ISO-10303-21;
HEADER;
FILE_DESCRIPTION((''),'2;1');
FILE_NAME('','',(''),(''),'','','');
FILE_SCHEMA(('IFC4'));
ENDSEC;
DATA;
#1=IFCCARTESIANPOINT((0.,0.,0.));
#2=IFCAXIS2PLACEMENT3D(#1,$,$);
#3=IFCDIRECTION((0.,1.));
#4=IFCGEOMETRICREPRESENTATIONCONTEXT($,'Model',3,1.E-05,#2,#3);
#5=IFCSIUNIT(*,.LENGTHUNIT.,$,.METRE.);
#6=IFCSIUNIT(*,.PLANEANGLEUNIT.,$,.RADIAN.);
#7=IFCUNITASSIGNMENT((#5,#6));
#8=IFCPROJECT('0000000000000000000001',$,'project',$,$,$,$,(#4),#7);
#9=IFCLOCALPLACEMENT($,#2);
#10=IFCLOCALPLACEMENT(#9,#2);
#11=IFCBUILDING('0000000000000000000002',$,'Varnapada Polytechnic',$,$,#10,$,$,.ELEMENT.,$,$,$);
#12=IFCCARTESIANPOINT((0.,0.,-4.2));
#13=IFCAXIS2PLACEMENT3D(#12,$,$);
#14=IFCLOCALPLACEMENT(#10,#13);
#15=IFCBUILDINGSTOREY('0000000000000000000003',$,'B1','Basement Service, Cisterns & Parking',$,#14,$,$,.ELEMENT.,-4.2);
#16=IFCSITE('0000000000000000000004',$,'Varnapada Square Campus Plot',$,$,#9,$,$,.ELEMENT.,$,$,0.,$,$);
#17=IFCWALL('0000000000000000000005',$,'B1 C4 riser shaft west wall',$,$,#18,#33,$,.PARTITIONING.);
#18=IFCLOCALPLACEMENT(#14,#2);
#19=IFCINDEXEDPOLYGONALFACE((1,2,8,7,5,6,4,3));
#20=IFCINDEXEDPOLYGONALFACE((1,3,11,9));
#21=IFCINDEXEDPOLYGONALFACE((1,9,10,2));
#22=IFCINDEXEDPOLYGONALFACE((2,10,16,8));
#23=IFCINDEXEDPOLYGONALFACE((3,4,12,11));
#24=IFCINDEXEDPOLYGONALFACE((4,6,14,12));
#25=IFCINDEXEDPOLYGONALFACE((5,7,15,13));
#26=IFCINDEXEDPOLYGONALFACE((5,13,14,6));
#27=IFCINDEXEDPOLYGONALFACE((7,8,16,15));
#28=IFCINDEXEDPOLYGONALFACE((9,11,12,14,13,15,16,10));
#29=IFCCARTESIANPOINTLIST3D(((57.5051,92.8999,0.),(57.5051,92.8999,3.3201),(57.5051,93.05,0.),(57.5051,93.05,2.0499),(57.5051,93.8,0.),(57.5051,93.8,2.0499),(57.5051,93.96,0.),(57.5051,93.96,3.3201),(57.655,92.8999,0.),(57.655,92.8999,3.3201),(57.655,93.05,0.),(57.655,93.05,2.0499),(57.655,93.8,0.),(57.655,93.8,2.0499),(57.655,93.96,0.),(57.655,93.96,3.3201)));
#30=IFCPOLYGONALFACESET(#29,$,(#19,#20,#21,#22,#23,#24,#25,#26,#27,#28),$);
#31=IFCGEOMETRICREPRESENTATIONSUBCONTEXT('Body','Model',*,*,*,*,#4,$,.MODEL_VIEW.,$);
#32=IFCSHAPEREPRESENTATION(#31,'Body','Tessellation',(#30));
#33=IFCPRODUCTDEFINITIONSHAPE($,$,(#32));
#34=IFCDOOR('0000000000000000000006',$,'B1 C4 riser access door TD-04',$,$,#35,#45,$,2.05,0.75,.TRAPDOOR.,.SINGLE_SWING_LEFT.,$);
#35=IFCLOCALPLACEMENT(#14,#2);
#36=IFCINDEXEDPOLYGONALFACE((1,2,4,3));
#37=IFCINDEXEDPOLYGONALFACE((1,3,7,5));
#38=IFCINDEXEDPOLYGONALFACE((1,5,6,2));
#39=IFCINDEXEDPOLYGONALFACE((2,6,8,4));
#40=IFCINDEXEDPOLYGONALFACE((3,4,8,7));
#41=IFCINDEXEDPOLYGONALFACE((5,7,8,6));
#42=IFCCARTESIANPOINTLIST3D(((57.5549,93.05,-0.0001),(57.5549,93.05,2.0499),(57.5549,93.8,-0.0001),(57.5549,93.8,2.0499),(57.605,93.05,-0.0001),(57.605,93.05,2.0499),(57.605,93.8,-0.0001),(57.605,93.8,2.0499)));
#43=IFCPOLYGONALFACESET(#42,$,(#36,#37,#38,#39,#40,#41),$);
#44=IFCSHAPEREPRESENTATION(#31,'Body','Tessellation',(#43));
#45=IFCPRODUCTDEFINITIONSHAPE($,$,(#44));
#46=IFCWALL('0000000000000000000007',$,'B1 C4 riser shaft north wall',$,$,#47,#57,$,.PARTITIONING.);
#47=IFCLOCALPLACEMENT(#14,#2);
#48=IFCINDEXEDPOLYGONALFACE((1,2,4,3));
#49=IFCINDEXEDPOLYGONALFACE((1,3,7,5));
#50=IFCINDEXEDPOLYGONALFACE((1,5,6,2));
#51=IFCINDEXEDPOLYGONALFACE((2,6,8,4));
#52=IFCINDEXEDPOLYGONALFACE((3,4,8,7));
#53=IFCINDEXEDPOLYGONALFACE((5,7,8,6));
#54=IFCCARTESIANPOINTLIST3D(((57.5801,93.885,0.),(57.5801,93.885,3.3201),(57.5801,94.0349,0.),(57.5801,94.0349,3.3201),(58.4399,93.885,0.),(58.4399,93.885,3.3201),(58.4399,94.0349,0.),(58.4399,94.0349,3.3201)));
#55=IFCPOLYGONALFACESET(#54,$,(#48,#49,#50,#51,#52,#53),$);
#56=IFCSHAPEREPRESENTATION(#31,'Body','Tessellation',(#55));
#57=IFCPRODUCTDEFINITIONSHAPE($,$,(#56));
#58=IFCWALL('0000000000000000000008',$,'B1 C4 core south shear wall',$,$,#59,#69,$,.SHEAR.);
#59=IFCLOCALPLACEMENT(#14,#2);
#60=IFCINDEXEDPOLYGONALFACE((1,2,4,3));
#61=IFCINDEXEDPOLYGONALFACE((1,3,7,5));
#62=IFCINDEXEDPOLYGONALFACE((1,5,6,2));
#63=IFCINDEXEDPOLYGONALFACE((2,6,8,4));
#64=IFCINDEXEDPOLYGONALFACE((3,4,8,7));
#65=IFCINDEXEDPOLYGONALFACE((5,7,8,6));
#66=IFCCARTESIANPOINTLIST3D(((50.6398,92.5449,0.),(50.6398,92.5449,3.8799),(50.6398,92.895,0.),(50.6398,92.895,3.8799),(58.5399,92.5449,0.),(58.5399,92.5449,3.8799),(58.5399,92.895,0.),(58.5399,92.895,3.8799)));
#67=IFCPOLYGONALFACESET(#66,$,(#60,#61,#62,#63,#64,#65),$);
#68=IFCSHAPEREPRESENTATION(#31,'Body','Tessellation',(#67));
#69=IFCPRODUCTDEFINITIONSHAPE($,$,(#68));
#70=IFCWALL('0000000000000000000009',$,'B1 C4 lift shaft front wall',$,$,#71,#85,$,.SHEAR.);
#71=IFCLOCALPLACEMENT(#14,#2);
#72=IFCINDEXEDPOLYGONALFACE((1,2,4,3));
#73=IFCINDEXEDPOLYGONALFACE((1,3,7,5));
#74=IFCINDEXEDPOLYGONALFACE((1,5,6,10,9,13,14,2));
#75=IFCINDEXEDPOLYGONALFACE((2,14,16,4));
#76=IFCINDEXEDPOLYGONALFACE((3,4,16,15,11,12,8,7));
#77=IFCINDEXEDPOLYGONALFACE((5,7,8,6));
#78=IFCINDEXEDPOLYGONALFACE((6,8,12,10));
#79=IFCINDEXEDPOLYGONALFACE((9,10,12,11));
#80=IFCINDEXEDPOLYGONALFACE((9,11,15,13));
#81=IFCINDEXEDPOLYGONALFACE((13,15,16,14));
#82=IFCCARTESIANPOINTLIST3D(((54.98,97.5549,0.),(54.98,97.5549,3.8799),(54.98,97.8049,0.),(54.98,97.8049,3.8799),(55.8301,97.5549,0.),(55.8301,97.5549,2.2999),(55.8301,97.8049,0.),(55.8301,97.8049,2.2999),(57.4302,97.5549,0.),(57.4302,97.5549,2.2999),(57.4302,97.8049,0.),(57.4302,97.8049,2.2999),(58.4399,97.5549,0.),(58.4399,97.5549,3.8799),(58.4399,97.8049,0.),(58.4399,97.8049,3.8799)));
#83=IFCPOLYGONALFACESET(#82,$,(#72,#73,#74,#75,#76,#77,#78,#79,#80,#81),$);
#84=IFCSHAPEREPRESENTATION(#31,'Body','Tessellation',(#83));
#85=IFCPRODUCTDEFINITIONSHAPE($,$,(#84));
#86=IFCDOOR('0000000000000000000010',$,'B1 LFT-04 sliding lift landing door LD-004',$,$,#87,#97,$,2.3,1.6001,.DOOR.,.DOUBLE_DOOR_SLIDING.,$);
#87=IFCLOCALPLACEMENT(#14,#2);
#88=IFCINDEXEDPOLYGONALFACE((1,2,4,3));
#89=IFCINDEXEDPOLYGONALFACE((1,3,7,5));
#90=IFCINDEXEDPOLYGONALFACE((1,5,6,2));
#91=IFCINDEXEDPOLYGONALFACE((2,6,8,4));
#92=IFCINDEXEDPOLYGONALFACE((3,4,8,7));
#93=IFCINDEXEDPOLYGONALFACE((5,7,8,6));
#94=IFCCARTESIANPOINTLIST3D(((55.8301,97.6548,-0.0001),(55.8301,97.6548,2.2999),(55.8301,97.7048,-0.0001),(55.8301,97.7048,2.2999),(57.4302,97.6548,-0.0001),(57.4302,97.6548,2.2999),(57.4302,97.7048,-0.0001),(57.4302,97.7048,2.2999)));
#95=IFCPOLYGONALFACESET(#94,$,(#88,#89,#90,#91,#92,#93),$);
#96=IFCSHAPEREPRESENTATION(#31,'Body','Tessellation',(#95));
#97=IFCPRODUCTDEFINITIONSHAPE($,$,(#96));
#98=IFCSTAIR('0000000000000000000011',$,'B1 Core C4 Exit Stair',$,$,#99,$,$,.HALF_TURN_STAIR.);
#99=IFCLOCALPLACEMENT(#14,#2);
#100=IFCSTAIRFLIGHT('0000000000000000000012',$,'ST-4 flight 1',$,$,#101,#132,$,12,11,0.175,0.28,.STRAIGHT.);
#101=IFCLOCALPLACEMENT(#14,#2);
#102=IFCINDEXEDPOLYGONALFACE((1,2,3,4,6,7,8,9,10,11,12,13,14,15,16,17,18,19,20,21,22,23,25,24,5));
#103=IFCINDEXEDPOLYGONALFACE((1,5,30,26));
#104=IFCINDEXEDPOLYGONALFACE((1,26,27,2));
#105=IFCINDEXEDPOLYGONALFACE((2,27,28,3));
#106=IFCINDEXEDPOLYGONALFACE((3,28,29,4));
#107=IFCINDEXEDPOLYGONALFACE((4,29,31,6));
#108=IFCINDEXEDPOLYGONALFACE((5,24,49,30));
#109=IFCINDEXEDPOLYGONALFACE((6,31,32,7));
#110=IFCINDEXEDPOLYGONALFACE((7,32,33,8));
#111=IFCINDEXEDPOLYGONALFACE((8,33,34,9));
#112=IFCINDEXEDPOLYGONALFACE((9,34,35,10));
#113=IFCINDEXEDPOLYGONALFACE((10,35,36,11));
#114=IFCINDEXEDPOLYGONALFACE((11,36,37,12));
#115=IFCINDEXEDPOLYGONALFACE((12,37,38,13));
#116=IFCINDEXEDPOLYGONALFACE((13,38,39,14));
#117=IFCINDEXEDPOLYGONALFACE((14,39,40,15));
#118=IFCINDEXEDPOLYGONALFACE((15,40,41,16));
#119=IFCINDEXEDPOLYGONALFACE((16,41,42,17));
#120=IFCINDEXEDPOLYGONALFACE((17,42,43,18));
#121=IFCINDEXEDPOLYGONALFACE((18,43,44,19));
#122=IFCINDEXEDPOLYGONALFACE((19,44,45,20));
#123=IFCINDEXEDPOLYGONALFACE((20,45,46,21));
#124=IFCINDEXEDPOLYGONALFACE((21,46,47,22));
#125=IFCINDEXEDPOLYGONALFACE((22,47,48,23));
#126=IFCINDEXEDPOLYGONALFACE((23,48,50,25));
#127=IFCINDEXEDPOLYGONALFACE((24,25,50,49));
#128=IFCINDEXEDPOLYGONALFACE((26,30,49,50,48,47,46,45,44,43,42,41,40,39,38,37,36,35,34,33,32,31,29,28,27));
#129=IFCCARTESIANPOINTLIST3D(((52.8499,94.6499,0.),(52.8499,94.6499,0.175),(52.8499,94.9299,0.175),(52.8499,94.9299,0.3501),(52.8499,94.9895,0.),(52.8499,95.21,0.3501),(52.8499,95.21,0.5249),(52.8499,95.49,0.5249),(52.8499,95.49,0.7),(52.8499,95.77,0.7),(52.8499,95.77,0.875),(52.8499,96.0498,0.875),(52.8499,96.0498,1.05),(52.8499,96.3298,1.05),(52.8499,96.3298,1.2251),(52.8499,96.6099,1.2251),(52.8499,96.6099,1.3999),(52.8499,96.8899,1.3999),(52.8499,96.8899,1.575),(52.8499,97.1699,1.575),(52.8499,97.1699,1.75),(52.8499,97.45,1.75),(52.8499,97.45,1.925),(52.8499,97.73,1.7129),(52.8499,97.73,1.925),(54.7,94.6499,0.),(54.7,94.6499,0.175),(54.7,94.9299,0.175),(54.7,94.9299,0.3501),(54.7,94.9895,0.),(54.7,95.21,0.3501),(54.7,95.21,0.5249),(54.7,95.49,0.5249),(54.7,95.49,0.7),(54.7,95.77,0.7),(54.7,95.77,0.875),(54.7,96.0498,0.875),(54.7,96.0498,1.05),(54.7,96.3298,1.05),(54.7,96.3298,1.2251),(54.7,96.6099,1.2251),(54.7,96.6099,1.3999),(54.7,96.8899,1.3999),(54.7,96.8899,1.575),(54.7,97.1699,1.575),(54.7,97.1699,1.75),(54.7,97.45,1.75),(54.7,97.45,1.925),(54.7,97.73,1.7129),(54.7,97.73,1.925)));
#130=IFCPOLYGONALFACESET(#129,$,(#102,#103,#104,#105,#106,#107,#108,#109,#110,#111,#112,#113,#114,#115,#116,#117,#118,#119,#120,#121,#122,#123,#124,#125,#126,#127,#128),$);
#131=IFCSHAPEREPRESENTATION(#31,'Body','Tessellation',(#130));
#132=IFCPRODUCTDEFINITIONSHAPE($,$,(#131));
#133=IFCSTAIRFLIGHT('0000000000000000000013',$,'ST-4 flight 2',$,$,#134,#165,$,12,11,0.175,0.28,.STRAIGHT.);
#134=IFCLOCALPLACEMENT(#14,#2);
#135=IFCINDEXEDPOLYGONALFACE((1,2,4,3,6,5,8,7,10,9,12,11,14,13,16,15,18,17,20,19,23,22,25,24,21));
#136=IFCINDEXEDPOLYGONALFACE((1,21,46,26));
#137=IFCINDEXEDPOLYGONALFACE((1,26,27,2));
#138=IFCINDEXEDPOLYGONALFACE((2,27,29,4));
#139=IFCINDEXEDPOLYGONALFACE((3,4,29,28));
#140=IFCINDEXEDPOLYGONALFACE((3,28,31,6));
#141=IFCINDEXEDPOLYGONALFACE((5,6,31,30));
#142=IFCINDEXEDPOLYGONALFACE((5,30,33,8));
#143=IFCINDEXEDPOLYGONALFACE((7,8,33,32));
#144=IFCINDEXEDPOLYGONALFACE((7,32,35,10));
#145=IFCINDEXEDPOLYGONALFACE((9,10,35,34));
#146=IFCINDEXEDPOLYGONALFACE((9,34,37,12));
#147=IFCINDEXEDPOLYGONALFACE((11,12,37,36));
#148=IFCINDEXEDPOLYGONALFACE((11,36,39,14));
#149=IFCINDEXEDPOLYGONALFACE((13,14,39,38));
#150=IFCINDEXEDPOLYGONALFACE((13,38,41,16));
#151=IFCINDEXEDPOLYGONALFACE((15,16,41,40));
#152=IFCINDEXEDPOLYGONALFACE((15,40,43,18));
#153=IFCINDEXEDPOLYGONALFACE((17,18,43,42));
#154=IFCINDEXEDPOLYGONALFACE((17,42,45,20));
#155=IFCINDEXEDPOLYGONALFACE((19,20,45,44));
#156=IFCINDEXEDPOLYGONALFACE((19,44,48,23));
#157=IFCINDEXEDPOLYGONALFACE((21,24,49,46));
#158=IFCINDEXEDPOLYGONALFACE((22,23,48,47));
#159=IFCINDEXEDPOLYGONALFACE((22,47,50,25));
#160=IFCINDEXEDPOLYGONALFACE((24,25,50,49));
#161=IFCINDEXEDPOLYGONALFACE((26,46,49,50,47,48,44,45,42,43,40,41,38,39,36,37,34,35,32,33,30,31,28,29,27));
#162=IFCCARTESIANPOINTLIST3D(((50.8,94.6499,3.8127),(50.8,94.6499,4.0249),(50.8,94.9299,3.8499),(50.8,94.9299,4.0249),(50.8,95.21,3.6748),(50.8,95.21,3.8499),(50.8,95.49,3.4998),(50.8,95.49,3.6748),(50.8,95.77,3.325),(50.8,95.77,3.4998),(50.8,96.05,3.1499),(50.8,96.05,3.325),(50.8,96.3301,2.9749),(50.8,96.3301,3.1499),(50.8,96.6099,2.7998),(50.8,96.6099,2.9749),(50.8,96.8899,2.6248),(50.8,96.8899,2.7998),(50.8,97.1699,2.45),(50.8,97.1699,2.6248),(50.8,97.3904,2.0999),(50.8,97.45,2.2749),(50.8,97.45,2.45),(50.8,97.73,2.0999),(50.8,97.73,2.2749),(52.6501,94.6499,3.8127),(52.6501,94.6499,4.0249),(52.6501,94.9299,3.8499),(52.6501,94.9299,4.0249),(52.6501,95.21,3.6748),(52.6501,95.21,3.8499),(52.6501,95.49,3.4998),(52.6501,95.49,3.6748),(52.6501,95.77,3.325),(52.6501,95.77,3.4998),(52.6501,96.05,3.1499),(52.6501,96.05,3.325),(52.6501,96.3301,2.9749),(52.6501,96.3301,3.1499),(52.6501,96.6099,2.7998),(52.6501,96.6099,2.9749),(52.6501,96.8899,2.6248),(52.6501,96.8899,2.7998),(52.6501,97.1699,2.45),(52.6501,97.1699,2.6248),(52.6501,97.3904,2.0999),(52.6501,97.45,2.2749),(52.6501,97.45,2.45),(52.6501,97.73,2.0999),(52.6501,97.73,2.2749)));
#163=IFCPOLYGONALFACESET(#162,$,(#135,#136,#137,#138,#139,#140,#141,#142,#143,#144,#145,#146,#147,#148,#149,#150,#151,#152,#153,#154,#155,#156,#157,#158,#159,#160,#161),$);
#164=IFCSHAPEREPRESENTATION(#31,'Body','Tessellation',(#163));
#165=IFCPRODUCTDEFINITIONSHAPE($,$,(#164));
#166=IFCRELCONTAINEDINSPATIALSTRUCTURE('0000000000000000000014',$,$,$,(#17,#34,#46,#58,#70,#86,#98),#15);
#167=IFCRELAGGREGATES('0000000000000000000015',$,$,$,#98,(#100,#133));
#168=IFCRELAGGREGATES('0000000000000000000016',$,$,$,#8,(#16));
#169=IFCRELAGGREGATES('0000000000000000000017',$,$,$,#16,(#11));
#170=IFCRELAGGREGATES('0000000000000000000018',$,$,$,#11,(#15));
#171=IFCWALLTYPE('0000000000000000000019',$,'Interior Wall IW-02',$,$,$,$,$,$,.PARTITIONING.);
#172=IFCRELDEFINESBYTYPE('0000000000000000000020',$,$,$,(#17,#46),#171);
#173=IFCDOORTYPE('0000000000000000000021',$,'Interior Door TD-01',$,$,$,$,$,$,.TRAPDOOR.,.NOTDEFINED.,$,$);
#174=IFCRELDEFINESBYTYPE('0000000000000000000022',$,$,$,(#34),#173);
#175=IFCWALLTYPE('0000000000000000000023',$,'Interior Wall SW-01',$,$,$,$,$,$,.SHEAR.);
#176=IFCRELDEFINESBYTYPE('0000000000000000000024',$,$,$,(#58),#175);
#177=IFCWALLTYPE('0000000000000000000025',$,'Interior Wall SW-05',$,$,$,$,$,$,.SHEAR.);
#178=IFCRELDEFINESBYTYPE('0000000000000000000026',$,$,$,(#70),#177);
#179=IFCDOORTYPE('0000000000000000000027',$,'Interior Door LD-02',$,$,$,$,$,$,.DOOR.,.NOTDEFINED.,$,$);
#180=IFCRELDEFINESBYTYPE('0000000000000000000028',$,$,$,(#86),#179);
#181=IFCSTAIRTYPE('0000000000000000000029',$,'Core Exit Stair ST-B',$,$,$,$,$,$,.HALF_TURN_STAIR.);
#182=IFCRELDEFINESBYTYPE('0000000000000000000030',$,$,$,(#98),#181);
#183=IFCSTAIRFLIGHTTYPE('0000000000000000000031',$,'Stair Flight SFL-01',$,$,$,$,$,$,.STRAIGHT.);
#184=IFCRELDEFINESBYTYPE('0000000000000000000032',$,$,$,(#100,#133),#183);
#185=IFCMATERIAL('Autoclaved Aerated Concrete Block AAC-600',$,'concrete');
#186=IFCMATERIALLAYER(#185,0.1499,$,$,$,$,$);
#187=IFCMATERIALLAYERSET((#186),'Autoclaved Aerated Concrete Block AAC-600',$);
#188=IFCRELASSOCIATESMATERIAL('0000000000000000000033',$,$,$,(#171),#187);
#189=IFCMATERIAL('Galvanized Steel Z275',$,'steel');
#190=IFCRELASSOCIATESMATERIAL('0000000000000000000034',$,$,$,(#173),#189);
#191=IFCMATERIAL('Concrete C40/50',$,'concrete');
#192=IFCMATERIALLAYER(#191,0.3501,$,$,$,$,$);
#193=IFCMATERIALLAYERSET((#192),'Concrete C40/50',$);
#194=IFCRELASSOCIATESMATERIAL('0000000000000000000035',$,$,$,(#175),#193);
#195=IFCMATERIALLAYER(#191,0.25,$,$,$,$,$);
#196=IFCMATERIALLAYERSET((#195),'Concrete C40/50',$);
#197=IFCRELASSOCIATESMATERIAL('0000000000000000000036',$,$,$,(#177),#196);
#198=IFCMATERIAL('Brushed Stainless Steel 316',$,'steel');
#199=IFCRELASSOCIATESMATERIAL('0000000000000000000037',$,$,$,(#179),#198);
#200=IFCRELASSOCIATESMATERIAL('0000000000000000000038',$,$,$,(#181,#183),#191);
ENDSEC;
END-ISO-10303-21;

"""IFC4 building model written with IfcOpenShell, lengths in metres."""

from ifc_helpers import new_model, si_unit, direction, frame, frame_2d, origin, place, context, subcontext, project, spatial, polyline, rectangle, outline, extrude, material, layer, layer_set, type_object, element, fill, aggregate, save


model = new_model("IFC4")

# Units and contexts
model_context = context("Model", 3, precision=1e-05, world=origin(), true_north=direction((0.0, 1.0)))
body_context = subcontext(model_context, "Body", "Model", "MODEL_VIEW")
ifc_project = project(units=[si_unit("LENGTHUNIT", "METRE"), si_unit("PLANEANGLEUNIT", "RADIAN")], contexts=[model_context])

# Site, building, storey
site_placement = place(None, origin())
site = spatial("IfcSite", under=ifc_project, at=site_placement, Name="Varnapada Square Campus Plot", CompositionType="ELEMENT", RefElevation=0.0)
building_placement = place(site_placement, origin())
building = spatial("IfcBuilding", under=site, at=building_placement, Name="Varnapada Polytechnic", CompositionType="ELEMENT")
storey_placement = place(building_placement, frame((0.0, 0.0, -4.2)))
storey = spatial("IfcBuildingStorey", under=building, at=storey_placement, Name="B1", Description="Basement Service, Cisterns & Parking", CompositionType="ELEMENT", Elevation=-4.2)

# Shared definitions
ifc_material_1 = material(Name="Concrete C40/50", Category="concrete")

# Wall, opening, door
ifc_material_2 = material(Name="Autoclaved Aerated Concrete Block AAC-600", Category="concrete")
ifc_material_3 = material(Name="Galvanized Steel Z275", Category="steel")
ifc_layer_1 = layer(ifc_material_2, 0.1499)
ifc_layer_set_1 = layer_set([ifc_layer_1], Name="Autoclaved Aerated Concrete Block AAC-600")
wall_type_1 = type_object("IfcWallType", Name="Interior Wall IW-02", PredefinedType="PARTITIONING", material=ifc_layer_set_1)
wall_1_placement = place(storey_placement, frame((57.5801, 93.96, 0.0), z_axis=(0.0, 0.0, 1.0), x_axis=(0.0, -1.0, 0.0)))
wall_1 = element("IfcWall", 1, at=wall_1_placement, inside=storey, type_object=wall_type_1, Name="B1 C4 riser shaft west wall", PredefinedType="PARTITIONING", context=body_context, shape_type="SweptSolid", body=[
    extrude(rectangle(XDim=1.0601, YDim=0.1499, at=frame_2d((0.53, 0.0))), origin(), (0.0, 0.0, 1.0), 3.3201),
])
opening_1_placement = place(wall_1_placement, frame((0.1599, 0.0, 0.0)))
opening_1 = element("IfcOpeningElement", 2, at=opening_1_placement, cuts=wall_1, PredefinedType="OPENING", context=body_context, shape_type="SweptSolid", body=[
    extrude(rectangle(XDim=0.75, YDim=2.05, at=frame_2d((0.375, 1.0249))), frame((0.0, 0.085, 0.0), z_axis=(0.0, -1.0, 0.0), x_axis=(1.0, 0.0, 0.0)), (0.0, 0.0, 1.0), 0.1699),
])
door_type_1 = type_object("IfcDoorType", Name="Interior Door TD-01", OperationType="NOTDEFINED", PredefinedType="TRAPDOOR", material=ifc_material_3)
door_1_placement = place(opening_1_placement, origin())
door_1 = element("IfcDoor", 3, at=door_1_placement, inside=storey, type_object=door_type_1, Name="B1 C4 riser access door TD-04", OperationType="SINGLE_SWING_LEFT", OverallHeight=2.05, OverallWidth=0.75, PredefinedType="TRAPDOOR", context=body_context, shape_type="SweptSolid", body=[
    extrude(rectangle(XDim=0.75, YDim=2.05, at=frame_2d((0.375, 1.0249))), frame((0.0, 0.0249, 0.0), z_axis=(0.0, -1.0, 0.0), x_axis=(1.0, 0.0, 0.0)), (0.0, 0.0, 1.0), 0.05),
])
fill(opening_1, door_1)

# Walls
wall_2_placement = place(storey_placement, frame((57.5801, 93.96, 0.0), z_axis=(0.0, 0.0, 1.0), x_axis=(1.0, 0.0, 0.0)))
element("IfcWall", 4, at=wall_2_placement, inside=storey, type_object=wall_type_1, Name="B1 C4 riser shaft north wall", PredefinedType="PARTITIONING", context=body_context, shape_type="SweptSolid", body=[
    extrude(rectangle(XDim=0.8599, YDim=0.1499, at=frame_2d((0.4299, 0.0))), origin(), (0.0, 0.0, 1.0), 3.3201),
])
ifc_layer_2 = layer(ifc_material_1, 0.3501)
ifc_layer_set_2 = layer_set([ifc_layer_2], Name="Concrete C40/50")
wall_type_2 = type_object("IfcWallType", Name="Interior Wall SW-01", PredefinedType="SHEAR", material=ifc_layer_set_2)
wall_3_placement = place(storey_placement, frame((58.54, 92.72, 0.0), z_axis=(0.0, 0.0, 1.0), x_axis=(-1.0, 0.0, 0.0)))
element("IfcWall", 5, at=wall_3_placement, inside=storey, type_object=wall_type_2, Name="B1 C4 core south shear wall", PredefinedType="SHEAR", context=body_context, shape_type="SweptSolid", body=[
    extrude(rectangle(XDim=7.9001, YDim=0.3501, at=frame_2d((3.9502, 0.0))), origin(), (0.0, 0.0, 1.0), 3.8799),
])

# Wall, opening, door
ifc_layer_3 = layer(ifc_material_1, 0.25)
ifc_layer_set_3 = layer_set([ifc_layer_3], Name="Concrete C40/50")
wall_type_3 = type_object("IfcWallType", Name="Interior Wall SW-05", PredefinedType="SHEAR", material=ifc_layer_set_3)
wall_4_placement = place(storey_placement, frame((54.98, 97.6799, 0.0), z_axis=(0.0, 0.0, 1.0), x_axis=(1.0, 0.0, 0.0)))
wall_4 = element("IfcWall", 6, at=wall_4_placement, inside=storey, type_object=wall_type_3, Name="B1 C4 lift shaft front wall", PredefinedType="SHEAR", context=body_context, shape_type="SweptSolid", body=[
    extrude(rectangle(XDim=3.46, YDim=0.25, at=frame_2d((1.73, 0.0))), origin(), (0.0, 0.0, 1.0), 3.8799),
])
opening_2_placement = place(wall_4_placement, frame((0.8501, 0.0, 0.0)))
opening_2 = element("IfcOpeningElement", 7, at=opening_2_placement, cuts=wall_4, PredefinedType="OPENING", context=body_context, shape_type="SweptSolid", body=[
    extrude(rectangle(XDim=1.6001, YDim=2.3, at=frame_2d((0.8, 1.1499))), frame((0.0, 0.135, 0.0), z_axis=(0.0, -1.0, 0.0), x_axis=(1.0, 0.0, 0.0)), (0.0, 0.0, 1.0), 0.27),
])
ifc_material_4 = material(Name="Brushed Stainless Steel 316", Category="steel")
door_type_2 = type_object("IfcDoorType", Name="Interior Door LD-02", OperationType="NOTDEFINED", PredefinedType="DOOR", material=ifc_material_4)
door_2_placement = place(opening_2_placement, origin())
door_2 = element("IfcDoor", 8, at=door_2_placement, inside=storey, type_object=door_type_2, Name="B1 LFT-04 sliding lift landing door LD-004", OperationType="DOUBLE_DOOR_SLIDING", OverallHeight=2.3, OverallWidth=1.6001, PredefinedType="DOOR", context=body_context, shape_type="SweptSolid", body=[
    extrude(rectangle(XDim=1.6001, YDim=2.3, at=frame_2d((0.8, 1.1499))), frame((0.0, 0.0249, 0.0), z_axis=(0.0, -1.0, 0.0), x_axis=(1.0, 0.0, 0.0)), (0.0, 0.0, 1.0), 0.05),
])
fill(opening_2, door_2)

# Stair, stair flights
stair_type = type_object("IfcStairType", Name="Core Exit Stair ST-B", PredefinedType="HALF_TURN_STAIR", material=ifc_material_1)
stair_placement = place(storey_placement, origin())
stair = element("IfcStair", 9, at=stair_placement, inside=storey, type_object=stair_type, Name="B1 Core C4 Exit Stair", PredefinedType="HALF_TURN_STAIR")
stair_flight_type = type_object("IfcStairFlightType", Name="Stair Flight SFL-01", PredefinedType="STRAIGHT", material=ifc_material_1)
stair_flight_1_placement = place(storey_placement, frame((53.7749, 94.6499, 0.0), z_axis=(0.0, 0.0, 1.0), x_axis=(0.0, 1.0, 0.0)))
stair_flight_1 = element("IfcStairFlight", 10, at=stair_flight_1_placement, type_object=stair_flight_type, Name="ST-4 flight 1", NumberOfRisers=12, NumberOfTreads=11, PredefinedType="STRAIGHT", RiserHeight=0.175, TreadLength=0.28, context=body_context, shape_type="SweptSolid", body=[
    extrude(outline(polyline([(0.0, 0.0), (0.0, 0.175), (0.28, 0.175), (0.28, 0.3501), (0.5601, 0.3501), (0.5601, 0.5249), (0.8401, 0.5249), (0.8401, 0.7), (1.1201, 0.7), (1.1201, 0.875), (1.3999, 0.875), (1.3999, 1.05), (1.6799, 1.05), (1.6799, 1.2251), (1.96, 1.2251), (1.96, 1.3999), (2.24, 1.3999), (2.24, 1.575), (2.52, 1.575), (2.52, 1.75), (2.8, 1.75), (2.8, 1.925), (3.0801, 1.925), (3.0801, 2.1001), (3.0801, 1.7129), (0.3396, 0.0), (0.0, 0.0)])), frame((0.0, 0.925, 0.0), z_axis=(0.0, -1.0, 0.0), x_axis=(1.0, 0.0, 0.0)), (0.0, 0.0, 1.0), 1.8501),
])
stair_flight_2_placement = place(storey_placement, frame((51.7251, 97.73, 2.0999), z_axis=(0.0, 0.0, 1.0), x_axis=(0.0, -1.0, 0.0)))
stair_flight_2 = element("IfcStairFlight", 11, at=stair_flight_2_placement, type_object=stair_flight_type, Name="ST-4 flight 2", NumberOfRisers=12, NumberOfTreads=11, PredefinedType="STRAIGHT", RiserHeight=0.175, TreadLength=0.28, context=body_context, shape_type="SweptSolid", body=[
    extrude(outline(polyline([(0.0, 0.0), (0.0, 0.175), (0.28, 0.175), (0.28, 0.3501), (0.5601, 0.3501), (0.5601, 0.5249), (0.8401, 0.5249), (0.8401, 0.7), (1.1201, 0.7), (1.1201, 0.875), (1.3999, 0.875), (1.3999, 1.05), (1.6799, 1.05), (1.6799, 1.2251), (1.96, 1.2251), (1.96, 1.3999), (2.24, 1.3999), (2.24, 1.575), (2.52, 1.575), (2.52, 1.75), (2.8, 1.75), (2.8, 1.925), (3.0801, 1.925), (3.0801, 2.1001), (3.0801, 1.7129), (0.3396, 0.0), (0.0, 0.0)])), frame((0.0, 0.925, 0.0), z_axis=(0.0, -1.0, 0.0), x_axis=(1.0, 0.0, 0.0)), (0.0, 0.0, 1.0), 1.8501),
])
aggregate(stair, [stair_flight_1, stair_flight_2])

save(model, "model.ifc")
